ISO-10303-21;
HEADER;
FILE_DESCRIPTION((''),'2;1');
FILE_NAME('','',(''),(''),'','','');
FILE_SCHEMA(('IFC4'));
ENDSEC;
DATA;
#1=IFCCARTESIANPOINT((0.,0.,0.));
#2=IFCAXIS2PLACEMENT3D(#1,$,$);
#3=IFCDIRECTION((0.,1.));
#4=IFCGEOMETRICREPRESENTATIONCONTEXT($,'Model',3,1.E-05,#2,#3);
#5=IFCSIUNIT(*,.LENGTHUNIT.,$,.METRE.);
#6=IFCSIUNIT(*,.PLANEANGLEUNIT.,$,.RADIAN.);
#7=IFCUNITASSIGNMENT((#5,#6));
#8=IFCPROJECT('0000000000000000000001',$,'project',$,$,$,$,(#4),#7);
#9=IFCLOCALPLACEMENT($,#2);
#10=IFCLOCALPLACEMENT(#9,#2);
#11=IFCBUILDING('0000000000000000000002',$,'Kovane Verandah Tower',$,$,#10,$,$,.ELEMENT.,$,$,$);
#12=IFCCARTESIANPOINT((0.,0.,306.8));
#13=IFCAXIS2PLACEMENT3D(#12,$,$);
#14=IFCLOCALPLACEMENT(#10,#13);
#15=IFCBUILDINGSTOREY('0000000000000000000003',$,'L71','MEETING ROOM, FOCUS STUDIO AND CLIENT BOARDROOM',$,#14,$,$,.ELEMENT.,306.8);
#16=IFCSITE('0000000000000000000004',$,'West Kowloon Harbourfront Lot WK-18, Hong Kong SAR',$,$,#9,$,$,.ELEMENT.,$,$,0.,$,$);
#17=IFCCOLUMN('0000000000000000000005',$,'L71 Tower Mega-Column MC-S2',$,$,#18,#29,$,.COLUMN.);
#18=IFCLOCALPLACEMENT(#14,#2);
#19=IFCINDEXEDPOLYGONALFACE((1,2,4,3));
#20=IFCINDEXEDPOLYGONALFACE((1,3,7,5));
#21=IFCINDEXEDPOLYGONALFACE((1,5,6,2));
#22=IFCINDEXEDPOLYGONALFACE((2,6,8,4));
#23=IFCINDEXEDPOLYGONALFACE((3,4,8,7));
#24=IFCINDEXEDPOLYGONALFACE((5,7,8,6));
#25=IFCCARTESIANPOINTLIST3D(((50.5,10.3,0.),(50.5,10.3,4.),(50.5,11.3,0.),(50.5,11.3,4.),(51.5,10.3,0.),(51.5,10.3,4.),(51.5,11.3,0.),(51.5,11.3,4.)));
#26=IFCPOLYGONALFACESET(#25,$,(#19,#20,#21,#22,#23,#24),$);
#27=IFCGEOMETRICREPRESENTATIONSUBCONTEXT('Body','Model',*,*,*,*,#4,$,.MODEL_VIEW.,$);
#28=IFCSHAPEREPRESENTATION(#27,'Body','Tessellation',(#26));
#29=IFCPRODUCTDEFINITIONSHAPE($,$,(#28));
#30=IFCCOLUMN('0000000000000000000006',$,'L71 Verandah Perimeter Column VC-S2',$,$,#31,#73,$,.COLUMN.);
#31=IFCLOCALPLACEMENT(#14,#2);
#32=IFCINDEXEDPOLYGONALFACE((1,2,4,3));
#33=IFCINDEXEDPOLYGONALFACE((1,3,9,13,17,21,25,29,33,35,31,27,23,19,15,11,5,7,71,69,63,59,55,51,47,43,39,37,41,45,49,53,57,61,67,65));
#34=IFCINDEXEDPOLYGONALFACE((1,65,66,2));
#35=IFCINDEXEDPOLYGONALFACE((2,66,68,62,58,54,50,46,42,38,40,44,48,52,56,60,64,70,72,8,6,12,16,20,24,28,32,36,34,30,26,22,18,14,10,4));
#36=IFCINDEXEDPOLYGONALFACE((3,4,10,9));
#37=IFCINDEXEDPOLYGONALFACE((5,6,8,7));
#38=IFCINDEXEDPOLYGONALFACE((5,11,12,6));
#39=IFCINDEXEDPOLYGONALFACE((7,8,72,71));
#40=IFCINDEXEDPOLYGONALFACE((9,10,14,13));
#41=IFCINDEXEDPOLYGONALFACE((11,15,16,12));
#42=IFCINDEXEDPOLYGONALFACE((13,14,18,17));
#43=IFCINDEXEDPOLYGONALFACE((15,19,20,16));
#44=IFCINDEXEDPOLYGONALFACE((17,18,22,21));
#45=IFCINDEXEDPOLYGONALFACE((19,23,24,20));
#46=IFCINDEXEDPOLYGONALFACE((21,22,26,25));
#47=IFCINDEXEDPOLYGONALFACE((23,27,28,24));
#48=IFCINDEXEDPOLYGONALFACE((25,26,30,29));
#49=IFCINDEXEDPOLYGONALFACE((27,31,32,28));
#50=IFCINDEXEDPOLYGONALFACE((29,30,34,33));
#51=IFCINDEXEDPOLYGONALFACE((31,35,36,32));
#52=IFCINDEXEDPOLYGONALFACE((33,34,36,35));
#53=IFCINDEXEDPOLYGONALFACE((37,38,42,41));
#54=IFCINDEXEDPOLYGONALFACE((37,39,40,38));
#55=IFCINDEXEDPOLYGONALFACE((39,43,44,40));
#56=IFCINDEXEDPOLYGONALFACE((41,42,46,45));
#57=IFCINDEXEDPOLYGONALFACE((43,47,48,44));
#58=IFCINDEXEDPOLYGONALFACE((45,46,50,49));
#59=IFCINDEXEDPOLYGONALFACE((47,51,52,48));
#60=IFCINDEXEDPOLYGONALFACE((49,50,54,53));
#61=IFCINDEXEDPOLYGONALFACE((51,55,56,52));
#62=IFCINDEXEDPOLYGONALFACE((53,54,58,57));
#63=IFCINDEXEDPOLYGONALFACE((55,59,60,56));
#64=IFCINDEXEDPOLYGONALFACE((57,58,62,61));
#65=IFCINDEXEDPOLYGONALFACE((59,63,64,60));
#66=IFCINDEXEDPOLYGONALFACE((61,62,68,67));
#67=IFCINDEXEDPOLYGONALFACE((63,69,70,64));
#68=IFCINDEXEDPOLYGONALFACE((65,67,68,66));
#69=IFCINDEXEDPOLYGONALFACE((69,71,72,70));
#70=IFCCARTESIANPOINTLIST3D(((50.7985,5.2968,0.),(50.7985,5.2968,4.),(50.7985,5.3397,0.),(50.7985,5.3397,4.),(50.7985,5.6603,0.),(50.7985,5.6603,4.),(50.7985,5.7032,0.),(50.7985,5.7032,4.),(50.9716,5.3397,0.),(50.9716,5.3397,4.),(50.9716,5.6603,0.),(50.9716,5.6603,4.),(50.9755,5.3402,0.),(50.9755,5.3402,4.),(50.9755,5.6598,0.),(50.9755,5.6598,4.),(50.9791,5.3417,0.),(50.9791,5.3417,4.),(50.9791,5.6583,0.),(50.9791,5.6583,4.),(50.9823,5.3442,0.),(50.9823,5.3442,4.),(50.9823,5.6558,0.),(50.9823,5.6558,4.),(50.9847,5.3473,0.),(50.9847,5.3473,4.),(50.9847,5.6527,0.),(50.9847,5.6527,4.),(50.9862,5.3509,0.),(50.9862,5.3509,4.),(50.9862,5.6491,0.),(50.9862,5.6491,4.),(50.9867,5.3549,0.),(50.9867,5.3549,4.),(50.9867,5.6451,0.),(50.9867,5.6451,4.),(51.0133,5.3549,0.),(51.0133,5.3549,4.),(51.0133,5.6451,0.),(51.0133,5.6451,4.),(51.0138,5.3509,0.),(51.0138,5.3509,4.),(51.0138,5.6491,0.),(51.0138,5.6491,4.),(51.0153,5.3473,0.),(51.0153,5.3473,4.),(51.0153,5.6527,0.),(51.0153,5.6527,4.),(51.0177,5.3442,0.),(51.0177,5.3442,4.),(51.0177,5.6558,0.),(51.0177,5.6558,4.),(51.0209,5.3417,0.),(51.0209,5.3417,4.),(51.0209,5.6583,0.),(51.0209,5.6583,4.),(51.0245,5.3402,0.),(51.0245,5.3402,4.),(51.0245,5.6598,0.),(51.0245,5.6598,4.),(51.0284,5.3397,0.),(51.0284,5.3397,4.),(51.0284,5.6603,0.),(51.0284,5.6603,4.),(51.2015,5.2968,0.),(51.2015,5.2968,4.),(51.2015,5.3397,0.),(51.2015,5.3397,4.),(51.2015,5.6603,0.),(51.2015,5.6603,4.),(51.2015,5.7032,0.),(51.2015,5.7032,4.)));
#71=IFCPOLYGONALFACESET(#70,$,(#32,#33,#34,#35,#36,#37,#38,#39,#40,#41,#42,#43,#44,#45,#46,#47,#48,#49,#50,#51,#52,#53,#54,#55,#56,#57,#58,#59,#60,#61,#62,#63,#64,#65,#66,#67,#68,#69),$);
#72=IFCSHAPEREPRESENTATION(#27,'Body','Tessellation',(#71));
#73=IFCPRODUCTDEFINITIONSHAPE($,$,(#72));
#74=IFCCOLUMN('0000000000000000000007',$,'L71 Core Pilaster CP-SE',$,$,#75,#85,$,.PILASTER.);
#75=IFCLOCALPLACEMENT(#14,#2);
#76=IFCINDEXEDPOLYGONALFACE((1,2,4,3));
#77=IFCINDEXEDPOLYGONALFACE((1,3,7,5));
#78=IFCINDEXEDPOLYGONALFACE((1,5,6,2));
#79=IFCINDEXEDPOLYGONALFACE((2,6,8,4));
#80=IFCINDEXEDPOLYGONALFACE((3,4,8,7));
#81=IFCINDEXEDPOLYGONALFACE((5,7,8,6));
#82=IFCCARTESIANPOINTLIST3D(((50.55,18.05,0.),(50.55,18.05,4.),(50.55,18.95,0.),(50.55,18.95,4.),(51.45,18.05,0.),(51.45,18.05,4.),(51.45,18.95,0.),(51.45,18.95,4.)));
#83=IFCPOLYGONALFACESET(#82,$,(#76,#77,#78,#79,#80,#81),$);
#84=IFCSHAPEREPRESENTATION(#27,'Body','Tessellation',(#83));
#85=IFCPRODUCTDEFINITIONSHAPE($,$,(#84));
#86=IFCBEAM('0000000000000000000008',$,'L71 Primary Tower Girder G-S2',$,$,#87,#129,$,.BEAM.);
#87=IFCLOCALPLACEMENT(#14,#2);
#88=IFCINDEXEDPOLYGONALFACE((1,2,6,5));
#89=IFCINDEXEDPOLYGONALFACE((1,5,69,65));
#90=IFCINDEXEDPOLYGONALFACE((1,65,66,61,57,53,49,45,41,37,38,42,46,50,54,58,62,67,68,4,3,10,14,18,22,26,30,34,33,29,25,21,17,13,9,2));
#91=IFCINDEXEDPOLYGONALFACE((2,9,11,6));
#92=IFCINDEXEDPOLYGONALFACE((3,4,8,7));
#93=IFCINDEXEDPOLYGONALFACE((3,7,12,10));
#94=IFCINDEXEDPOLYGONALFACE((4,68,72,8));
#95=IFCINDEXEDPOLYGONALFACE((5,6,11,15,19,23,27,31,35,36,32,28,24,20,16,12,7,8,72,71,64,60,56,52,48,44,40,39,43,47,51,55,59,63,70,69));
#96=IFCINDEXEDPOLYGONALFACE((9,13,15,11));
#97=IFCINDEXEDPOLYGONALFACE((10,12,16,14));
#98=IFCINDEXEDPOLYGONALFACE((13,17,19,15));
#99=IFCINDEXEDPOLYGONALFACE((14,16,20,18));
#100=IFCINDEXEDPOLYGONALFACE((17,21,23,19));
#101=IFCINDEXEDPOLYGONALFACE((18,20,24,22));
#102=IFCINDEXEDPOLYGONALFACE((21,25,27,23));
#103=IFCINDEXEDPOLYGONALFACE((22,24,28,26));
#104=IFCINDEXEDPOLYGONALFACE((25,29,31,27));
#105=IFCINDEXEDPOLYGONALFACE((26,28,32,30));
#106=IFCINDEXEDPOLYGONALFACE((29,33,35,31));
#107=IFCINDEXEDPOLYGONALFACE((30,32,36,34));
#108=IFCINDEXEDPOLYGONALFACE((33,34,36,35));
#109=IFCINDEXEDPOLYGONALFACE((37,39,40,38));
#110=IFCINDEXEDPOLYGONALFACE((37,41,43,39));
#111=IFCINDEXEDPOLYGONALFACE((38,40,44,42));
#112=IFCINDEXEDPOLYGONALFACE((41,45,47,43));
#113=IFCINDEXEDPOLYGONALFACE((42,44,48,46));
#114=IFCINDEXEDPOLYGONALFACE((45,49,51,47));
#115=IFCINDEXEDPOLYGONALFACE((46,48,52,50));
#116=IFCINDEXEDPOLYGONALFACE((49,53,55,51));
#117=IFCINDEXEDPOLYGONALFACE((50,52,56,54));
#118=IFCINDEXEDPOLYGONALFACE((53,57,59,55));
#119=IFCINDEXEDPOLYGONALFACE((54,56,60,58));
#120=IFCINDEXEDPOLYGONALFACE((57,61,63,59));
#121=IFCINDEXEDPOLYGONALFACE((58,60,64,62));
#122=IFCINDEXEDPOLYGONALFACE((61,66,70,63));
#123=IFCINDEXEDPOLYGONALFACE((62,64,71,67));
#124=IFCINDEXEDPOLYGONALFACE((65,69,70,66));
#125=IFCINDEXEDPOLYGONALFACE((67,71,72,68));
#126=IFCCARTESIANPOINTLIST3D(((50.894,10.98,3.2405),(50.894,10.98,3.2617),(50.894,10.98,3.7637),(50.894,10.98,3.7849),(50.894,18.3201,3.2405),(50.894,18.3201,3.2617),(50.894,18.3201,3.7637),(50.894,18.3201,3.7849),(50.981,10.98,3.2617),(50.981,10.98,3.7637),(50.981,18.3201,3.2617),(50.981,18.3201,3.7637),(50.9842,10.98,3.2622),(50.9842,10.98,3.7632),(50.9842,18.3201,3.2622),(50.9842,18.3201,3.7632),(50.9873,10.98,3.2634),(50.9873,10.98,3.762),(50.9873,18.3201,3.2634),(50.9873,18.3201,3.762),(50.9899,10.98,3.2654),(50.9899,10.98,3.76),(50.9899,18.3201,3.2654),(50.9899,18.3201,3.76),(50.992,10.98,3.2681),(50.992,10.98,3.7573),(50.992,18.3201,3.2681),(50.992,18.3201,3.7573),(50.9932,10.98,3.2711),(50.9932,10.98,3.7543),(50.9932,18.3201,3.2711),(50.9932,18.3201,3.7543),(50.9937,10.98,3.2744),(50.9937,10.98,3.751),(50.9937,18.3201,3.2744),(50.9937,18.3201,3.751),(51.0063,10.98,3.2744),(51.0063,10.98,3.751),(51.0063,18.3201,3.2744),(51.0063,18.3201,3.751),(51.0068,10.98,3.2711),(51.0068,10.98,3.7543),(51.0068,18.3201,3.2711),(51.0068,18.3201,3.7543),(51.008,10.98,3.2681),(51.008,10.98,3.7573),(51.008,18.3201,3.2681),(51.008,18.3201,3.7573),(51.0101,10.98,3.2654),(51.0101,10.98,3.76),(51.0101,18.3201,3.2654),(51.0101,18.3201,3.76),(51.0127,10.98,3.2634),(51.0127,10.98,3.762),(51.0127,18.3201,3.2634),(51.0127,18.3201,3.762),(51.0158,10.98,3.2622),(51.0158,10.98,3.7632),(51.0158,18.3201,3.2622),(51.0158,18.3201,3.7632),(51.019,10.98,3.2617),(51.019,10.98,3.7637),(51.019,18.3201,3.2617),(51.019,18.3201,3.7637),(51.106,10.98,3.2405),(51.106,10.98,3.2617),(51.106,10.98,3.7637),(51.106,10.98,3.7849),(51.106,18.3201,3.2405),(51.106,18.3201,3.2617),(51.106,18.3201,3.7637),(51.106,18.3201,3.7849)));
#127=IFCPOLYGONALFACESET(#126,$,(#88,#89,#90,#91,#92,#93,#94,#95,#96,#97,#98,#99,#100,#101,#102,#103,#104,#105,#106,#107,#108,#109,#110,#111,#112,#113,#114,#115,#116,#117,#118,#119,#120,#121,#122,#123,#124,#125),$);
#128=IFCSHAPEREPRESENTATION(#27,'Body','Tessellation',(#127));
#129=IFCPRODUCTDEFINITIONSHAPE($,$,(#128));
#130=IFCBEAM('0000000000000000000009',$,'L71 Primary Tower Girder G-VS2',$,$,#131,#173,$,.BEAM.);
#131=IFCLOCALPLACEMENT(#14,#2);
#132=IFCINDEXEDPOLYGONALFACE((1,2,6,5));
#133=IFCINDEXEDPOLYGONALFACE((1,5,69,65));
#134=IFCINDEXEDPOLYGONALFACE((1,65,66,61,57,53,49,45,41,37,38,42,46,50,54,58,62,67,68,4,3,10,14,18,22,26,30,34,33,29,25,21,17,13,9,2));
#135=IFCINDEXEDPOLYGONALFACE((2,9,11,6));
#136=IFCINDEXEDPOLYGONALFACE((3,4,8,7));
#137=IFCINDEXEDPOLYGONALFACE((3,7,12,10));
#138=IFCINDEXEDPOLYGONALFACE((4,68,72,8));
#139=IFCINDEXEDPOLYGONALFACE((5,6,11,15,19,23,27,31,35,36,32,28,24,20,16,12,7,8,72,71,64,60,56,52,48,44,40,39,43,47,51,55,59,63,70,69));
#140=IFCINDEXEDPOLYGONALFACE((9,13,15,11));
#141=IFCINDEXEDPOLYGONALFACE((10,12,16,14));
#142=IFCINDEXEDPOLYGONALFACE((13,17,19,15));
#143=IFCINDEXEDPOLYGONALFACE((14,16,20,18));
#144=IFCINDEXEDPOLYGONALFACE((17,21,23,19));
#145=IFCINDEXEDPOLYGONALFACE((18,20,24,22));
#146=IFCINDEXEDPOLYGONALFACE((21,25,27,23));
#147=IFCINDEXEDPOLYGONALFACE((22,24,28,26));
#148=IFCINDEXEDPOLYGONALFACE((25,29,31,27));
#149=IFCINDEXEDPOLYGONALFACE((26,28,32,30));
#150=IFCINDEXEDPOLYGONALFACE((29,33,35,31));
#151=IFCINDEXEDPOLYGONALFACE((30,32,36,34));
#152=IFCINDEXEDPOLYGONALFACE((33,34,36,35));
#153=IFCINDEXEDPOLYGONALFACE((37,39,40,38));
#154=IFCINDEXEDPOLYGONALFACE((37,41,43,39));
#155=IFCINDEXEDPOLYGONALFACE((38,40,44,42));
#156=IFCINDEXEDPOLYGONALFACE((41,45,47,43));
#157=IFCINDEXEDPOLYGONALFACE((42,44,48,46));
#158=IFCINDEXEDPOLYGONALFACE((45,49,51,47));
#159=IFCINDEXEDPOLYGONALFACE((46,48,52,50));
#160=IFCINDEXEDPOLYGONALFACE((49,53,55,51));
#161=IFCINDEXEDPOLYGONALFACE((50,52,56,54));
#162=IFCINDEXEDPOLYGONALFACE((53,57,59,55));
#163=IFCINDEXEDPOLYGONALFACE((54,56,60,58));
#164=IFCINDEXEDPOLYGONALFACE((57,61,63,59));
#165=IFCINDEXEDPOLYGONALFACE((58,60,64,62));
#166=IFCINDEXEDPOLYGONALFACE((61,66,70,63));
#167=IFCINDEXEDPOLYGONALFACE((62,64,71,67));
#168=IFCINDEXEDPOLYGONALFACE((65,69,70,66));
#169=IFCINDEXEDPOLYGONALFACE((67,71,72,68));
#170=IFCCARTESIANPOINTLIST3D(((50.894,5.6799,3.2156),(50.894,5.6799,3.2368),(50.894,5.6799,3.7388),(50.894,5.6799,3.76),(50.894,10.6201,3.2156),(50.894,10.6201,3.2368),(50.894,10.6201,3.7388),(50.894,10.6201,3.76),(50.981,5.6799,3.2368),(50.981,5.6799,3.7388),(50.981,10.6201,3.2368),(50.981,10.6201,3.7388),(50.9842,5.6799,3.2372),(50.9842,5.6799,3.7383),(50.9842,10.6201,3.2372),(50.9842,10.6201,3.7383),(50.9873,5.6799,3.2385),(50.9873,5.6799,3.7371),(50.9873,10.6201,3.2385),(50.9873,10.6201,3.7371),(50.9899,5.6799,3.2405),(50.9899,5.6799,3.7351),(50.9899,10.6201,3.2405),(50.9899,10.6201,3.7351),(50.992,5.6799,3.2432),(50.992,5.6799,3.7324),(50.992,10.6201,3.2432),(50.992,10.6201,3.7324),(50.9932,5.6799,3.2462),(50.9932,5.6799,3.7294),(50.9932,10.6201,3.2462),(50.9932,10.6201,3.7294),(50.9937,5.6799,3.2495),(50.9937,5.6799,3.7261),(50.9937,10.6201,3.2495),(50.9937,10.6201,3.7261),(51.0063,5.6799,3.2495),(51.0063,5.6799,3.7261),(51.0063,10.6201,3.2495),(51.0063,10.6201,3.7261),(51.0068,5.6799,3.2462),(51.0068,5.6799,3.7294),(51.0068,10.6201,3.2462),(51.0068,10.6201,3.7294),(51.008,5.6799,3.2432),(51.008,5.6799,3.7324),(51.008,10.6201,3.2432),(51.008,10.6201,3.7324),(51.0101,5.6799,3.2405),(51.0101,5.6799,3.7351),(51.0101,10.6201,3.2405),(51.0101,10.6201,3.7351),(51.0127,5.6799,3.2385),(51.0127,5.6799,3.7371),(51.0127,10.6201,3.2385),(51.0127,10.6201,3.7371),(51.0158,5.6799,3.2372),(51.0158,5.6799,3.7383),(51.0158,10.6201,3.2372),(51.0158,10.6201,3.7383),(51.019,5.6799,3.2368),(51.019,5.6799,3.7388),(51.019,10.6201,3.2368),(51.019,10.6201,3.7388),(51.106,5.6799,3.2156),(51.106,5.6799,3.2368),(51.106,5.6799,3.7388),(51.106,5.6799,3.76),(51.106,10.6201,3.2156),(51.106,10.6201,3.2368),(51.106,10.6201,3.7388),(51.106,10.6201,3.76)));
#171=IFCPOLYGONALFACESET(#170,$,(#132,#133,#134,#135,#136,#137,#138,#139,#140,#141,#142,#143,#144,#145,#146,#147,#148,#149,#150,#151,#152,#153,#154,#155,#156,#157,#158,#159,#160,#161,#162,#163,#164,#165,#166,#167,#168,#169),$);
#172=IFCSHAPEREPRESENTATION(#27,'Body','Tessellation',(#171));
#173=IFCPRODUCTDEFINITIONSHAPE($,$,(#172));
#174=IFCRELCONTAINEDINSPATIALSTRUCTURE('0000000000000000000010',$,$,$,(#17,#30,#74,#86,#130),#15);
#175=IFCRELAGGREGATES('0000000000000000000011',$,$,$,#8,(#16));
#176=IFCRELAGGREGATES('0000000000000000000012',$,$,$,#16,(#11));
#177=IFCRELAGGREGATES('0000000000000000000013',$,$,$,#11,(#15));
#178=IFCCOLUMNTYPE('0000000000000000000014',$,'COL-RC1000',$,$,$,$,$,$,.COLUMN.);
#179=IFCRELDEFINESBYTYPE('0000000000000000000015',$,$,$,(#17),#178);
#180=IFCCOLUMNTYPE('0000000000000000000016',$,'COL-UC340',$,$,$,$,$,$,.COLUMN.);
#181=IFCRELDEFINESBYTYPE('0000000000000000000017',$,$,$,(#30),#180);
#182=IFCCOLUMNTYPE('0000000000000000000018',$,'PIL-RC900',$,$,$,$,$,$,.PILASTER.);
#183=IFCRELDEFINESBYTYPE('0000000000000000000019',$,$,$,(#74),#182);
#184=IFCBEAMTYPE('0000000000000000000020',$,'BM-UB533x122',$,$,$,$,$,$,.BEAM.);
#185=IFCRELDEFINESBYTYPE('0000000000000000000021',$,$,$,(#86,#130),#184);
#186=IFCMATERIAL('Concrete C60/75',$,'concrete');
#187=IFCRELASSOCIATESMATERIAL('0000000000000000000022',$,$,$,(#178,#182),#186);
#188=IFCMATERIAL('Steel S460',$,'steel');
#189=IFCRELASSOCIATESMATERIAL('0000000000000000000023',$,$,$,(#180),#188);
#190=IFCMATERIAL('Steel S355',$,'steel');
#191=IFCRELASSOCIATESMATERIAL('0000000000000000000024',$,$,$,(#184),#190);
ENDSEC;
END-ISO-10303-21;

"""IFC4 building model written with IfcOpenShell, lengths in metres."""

from ifc_helpers import new_model, si_unit, direction, frame, origin, origin_2d, place, context, subcontext, project, spatial, rectangle, i_section, extrude, material, material_profile, profile_set, type_object, element, save


model = new_model("IFC4")

# Units and contexts
model_context = context("Model", 3, precision=1e-05, world=origin(), true_north=direction((0.0, 1.0)))
body_context = subcontext(model_context, "Body", "Model", "MODEL_VIEW")
ifc_project = project(units=[si_unit("LENGTHUNIT", "METRE"), si_unit("PLANEANGLEUNIT", "RADIAN")], contexts=[model_context])

# Site, building, storey
site_placement = place(None, origin())
site = spatial("IfcSite", under=ifc_project, at=site_placement, Name="West Kowloon Harbourfront Lot WK-18, Hong Kong SAR", CompositionType="ELEMENT", RefElevation=0.0)
building_placement = place(site_placement, origin())
building = spatial("IfcBuilding", under=site, at=building_placement, Name="Kovane Verandah Tower", CompositionType="ELEMENT")
storey_placement = place(building_placement, frame((0.0, 0.0, 306.8)))
storey = spatial("IfcBuildingStorey", under=building, at=storey_placement, Name="L71", Description="MEETING ROOM, FOCUS STUDIO AND CLIENT BOARDROOM", CompositionType="ELEMENT", Elevation=306.8)

# Columns
ifc_material_1 = material(Name="Concrete C60/75", Category="concrete")
ifc_material_profile_1 = material_profile(ifc_material_1, rectangle(XDim=1.0, YDim=1.0, at=origin_2d()), Name="RC1000x1000")
ifc_profile_set_1 = profile_set([ifc_material_profile_1], Name="Concrete C60/75")
column_type_1 = type_object("IfcColumnType", Name="COL-RC1000", PredefinedType="COLUMN", material=ifc_profile_set_1)
column_1_placement = place(storey_placement, frame((51.0, 10.8, 0.0), z_axis=(0.0, 0.0, 1.0), x_axis=(1.0, 0.0, 0.0)))
element("IfcColumn", 1, at=column_1_placement, inside=storey, type_object=column_type_1, Name="L71 Tower Mega-Column MC-S2", PredefinedType="COLUMN", context=body_context, shape_type="SweptSolid", body=[
    extrude(rectangle(XDim=1.0, YDim=1.0, at=origin_2d()), origin(), (0.0, 0.0, 1.0), 4.0),
])
ifc_material_2 = material(Name="Steel S460", Category="steel")
ifc_material_profile_2 = material_profile(ifc_material_2, i_section(OverallWidth=0.4031, OverallDepth=0.4065, WebThickness=0.0266, FlangeThickness=0.043, FilletRadius=0.0151, at=origin_2d()), Name="UC356x406x340")
ifc_profile_set_2 = profile_set([ifc_material_profile_2], Name="Steel S460")
column_type_2 = type_object("IfcColumnType", Name="COL-UC340", PredefinedType="COLUMN", material=ifc_profile_set_2)
column_2_placement = place(storey_placement, frame((51.0, 5.5, 0.0), z_axis=(0.0, 0.0, 1.0), x_axis=(1.0, 0.0, 0.0)))
element("IfcColumn", 2, at=column_2_placement, inside=storey, type_object=column_type_2, Name="L71 Verandah Perimeter Column VC-S2", PredefinedType="COLUMN", context=body_context, shape_type="SweptSolid", body=[
    extrude(i_section(OverallWidth=0.4031, OverallDepth=0.4065, WebThickness=0.0266, FlangeThickness=0.043, FilletRadius=0.0151, at=origin_2d()), origin(), (0.0, 0.0, 1.0), 4.0),
])
ifc_material_profile_3 = material_profile(ifc_material_1, rectangle(XDim=0.8999, YDim=0.8999, at=origin_2d()), Name="RC900x900")
ifc_profile_set_3 = profile_set([ifc_material_profile_3], Name="Concrete C60/75")
column_type_3 = type_object("IfcColumnType", Name="PIL-RC900", PredefinedType="PILASTER", material=ifc_profile_set_3)
column_3_placement = place(storey_placement, frame((51.0, 18.5, 0.0), z_axis=(0.0, 0.0, 1.0), x_axis=(1.0, 0.0, 0.0)))
element("IfcColumn", 3, at=column_3_placement, inside=storey, type_object=column_type_3, Name="L71 Core Pilaster CP-SE", PredefinedType="PILASTER", context=body_context, shape_type="SweptSolid", body=[
    extrude(rectangle(XDim=0.8999, YDim=0.8999, at=origin_2d()), origin(), (0.0, 0.0, 1.0), 4.0),
])

# Beams
ifc_material_3 = material(Name="Steel S355", Category="steel")
ifc_material_profile_4 = material_profile(ifc_material_3, i_section(OverallWidth=0.2119, OverallDepth=0.5444, WebThickness=0.0127, FlangeThickness=0.0212, FilletRadius=0.0127, at=origin_2d()), Name="UB533x210x122")
ifc_profile_set_4 = profile_set([ifc_material_profile_4], Name="Steel S355")
beam_type_1 = type_object("IfcBeamType", Name="BM-UB533x122", PredefinedType="BEAM", material=ifc_profile_set_4)
beam_1_placement = place(storey_placement, frame((51.0, 18.3201, 3.5127), z_axis=(0.0, -1.0, 0.0), x_axis=(1.0, 0.0, 0.0)))
element("IfcBeam", 4, at=beam_1_placement, inside=storey, type_object=beam_type_1, Name="L71 Primary Tower Girder G-S2", PredefinedType="BEAM", context=body_context, shape_type="SweptSolid", body=[
    extrude(i_section(OverallWidth=0.2119, OverallDepth=0.5444, WebThickness=0.0127, FlangeThickness=0.0212, FilletRadius=0.0127, at=origin_2d()), origin(), (0.0, 0.0, 1.0), 7.3401),
])
beam_2_placement = place(storey_placement, frame((51.0, 10.6201, 3.4878), z_axis=(0.0, -1.0, 0.0), x_axis=(1.0, 0.0, 0.0)))
element("IfcBeam", 5, at=beam_2_placement, inside=storey, type_object=beam_type_1, Name="L71 Primary Tower Girder G-VS2", PredefinedType="BEAM", context=body_context, shape_type="SweptSolid", body=[
    extrude(i_section(OverallWidth=0.2119, OverallDepth=0.5444, WebThickness=0.0127, FlangeThickness=0.0212, FilletRadius=0.0127, at=origin_2d()), origin(), (0.0, 0.0, 1.0), 4.9402),
])

save(model, "model.ifc")
